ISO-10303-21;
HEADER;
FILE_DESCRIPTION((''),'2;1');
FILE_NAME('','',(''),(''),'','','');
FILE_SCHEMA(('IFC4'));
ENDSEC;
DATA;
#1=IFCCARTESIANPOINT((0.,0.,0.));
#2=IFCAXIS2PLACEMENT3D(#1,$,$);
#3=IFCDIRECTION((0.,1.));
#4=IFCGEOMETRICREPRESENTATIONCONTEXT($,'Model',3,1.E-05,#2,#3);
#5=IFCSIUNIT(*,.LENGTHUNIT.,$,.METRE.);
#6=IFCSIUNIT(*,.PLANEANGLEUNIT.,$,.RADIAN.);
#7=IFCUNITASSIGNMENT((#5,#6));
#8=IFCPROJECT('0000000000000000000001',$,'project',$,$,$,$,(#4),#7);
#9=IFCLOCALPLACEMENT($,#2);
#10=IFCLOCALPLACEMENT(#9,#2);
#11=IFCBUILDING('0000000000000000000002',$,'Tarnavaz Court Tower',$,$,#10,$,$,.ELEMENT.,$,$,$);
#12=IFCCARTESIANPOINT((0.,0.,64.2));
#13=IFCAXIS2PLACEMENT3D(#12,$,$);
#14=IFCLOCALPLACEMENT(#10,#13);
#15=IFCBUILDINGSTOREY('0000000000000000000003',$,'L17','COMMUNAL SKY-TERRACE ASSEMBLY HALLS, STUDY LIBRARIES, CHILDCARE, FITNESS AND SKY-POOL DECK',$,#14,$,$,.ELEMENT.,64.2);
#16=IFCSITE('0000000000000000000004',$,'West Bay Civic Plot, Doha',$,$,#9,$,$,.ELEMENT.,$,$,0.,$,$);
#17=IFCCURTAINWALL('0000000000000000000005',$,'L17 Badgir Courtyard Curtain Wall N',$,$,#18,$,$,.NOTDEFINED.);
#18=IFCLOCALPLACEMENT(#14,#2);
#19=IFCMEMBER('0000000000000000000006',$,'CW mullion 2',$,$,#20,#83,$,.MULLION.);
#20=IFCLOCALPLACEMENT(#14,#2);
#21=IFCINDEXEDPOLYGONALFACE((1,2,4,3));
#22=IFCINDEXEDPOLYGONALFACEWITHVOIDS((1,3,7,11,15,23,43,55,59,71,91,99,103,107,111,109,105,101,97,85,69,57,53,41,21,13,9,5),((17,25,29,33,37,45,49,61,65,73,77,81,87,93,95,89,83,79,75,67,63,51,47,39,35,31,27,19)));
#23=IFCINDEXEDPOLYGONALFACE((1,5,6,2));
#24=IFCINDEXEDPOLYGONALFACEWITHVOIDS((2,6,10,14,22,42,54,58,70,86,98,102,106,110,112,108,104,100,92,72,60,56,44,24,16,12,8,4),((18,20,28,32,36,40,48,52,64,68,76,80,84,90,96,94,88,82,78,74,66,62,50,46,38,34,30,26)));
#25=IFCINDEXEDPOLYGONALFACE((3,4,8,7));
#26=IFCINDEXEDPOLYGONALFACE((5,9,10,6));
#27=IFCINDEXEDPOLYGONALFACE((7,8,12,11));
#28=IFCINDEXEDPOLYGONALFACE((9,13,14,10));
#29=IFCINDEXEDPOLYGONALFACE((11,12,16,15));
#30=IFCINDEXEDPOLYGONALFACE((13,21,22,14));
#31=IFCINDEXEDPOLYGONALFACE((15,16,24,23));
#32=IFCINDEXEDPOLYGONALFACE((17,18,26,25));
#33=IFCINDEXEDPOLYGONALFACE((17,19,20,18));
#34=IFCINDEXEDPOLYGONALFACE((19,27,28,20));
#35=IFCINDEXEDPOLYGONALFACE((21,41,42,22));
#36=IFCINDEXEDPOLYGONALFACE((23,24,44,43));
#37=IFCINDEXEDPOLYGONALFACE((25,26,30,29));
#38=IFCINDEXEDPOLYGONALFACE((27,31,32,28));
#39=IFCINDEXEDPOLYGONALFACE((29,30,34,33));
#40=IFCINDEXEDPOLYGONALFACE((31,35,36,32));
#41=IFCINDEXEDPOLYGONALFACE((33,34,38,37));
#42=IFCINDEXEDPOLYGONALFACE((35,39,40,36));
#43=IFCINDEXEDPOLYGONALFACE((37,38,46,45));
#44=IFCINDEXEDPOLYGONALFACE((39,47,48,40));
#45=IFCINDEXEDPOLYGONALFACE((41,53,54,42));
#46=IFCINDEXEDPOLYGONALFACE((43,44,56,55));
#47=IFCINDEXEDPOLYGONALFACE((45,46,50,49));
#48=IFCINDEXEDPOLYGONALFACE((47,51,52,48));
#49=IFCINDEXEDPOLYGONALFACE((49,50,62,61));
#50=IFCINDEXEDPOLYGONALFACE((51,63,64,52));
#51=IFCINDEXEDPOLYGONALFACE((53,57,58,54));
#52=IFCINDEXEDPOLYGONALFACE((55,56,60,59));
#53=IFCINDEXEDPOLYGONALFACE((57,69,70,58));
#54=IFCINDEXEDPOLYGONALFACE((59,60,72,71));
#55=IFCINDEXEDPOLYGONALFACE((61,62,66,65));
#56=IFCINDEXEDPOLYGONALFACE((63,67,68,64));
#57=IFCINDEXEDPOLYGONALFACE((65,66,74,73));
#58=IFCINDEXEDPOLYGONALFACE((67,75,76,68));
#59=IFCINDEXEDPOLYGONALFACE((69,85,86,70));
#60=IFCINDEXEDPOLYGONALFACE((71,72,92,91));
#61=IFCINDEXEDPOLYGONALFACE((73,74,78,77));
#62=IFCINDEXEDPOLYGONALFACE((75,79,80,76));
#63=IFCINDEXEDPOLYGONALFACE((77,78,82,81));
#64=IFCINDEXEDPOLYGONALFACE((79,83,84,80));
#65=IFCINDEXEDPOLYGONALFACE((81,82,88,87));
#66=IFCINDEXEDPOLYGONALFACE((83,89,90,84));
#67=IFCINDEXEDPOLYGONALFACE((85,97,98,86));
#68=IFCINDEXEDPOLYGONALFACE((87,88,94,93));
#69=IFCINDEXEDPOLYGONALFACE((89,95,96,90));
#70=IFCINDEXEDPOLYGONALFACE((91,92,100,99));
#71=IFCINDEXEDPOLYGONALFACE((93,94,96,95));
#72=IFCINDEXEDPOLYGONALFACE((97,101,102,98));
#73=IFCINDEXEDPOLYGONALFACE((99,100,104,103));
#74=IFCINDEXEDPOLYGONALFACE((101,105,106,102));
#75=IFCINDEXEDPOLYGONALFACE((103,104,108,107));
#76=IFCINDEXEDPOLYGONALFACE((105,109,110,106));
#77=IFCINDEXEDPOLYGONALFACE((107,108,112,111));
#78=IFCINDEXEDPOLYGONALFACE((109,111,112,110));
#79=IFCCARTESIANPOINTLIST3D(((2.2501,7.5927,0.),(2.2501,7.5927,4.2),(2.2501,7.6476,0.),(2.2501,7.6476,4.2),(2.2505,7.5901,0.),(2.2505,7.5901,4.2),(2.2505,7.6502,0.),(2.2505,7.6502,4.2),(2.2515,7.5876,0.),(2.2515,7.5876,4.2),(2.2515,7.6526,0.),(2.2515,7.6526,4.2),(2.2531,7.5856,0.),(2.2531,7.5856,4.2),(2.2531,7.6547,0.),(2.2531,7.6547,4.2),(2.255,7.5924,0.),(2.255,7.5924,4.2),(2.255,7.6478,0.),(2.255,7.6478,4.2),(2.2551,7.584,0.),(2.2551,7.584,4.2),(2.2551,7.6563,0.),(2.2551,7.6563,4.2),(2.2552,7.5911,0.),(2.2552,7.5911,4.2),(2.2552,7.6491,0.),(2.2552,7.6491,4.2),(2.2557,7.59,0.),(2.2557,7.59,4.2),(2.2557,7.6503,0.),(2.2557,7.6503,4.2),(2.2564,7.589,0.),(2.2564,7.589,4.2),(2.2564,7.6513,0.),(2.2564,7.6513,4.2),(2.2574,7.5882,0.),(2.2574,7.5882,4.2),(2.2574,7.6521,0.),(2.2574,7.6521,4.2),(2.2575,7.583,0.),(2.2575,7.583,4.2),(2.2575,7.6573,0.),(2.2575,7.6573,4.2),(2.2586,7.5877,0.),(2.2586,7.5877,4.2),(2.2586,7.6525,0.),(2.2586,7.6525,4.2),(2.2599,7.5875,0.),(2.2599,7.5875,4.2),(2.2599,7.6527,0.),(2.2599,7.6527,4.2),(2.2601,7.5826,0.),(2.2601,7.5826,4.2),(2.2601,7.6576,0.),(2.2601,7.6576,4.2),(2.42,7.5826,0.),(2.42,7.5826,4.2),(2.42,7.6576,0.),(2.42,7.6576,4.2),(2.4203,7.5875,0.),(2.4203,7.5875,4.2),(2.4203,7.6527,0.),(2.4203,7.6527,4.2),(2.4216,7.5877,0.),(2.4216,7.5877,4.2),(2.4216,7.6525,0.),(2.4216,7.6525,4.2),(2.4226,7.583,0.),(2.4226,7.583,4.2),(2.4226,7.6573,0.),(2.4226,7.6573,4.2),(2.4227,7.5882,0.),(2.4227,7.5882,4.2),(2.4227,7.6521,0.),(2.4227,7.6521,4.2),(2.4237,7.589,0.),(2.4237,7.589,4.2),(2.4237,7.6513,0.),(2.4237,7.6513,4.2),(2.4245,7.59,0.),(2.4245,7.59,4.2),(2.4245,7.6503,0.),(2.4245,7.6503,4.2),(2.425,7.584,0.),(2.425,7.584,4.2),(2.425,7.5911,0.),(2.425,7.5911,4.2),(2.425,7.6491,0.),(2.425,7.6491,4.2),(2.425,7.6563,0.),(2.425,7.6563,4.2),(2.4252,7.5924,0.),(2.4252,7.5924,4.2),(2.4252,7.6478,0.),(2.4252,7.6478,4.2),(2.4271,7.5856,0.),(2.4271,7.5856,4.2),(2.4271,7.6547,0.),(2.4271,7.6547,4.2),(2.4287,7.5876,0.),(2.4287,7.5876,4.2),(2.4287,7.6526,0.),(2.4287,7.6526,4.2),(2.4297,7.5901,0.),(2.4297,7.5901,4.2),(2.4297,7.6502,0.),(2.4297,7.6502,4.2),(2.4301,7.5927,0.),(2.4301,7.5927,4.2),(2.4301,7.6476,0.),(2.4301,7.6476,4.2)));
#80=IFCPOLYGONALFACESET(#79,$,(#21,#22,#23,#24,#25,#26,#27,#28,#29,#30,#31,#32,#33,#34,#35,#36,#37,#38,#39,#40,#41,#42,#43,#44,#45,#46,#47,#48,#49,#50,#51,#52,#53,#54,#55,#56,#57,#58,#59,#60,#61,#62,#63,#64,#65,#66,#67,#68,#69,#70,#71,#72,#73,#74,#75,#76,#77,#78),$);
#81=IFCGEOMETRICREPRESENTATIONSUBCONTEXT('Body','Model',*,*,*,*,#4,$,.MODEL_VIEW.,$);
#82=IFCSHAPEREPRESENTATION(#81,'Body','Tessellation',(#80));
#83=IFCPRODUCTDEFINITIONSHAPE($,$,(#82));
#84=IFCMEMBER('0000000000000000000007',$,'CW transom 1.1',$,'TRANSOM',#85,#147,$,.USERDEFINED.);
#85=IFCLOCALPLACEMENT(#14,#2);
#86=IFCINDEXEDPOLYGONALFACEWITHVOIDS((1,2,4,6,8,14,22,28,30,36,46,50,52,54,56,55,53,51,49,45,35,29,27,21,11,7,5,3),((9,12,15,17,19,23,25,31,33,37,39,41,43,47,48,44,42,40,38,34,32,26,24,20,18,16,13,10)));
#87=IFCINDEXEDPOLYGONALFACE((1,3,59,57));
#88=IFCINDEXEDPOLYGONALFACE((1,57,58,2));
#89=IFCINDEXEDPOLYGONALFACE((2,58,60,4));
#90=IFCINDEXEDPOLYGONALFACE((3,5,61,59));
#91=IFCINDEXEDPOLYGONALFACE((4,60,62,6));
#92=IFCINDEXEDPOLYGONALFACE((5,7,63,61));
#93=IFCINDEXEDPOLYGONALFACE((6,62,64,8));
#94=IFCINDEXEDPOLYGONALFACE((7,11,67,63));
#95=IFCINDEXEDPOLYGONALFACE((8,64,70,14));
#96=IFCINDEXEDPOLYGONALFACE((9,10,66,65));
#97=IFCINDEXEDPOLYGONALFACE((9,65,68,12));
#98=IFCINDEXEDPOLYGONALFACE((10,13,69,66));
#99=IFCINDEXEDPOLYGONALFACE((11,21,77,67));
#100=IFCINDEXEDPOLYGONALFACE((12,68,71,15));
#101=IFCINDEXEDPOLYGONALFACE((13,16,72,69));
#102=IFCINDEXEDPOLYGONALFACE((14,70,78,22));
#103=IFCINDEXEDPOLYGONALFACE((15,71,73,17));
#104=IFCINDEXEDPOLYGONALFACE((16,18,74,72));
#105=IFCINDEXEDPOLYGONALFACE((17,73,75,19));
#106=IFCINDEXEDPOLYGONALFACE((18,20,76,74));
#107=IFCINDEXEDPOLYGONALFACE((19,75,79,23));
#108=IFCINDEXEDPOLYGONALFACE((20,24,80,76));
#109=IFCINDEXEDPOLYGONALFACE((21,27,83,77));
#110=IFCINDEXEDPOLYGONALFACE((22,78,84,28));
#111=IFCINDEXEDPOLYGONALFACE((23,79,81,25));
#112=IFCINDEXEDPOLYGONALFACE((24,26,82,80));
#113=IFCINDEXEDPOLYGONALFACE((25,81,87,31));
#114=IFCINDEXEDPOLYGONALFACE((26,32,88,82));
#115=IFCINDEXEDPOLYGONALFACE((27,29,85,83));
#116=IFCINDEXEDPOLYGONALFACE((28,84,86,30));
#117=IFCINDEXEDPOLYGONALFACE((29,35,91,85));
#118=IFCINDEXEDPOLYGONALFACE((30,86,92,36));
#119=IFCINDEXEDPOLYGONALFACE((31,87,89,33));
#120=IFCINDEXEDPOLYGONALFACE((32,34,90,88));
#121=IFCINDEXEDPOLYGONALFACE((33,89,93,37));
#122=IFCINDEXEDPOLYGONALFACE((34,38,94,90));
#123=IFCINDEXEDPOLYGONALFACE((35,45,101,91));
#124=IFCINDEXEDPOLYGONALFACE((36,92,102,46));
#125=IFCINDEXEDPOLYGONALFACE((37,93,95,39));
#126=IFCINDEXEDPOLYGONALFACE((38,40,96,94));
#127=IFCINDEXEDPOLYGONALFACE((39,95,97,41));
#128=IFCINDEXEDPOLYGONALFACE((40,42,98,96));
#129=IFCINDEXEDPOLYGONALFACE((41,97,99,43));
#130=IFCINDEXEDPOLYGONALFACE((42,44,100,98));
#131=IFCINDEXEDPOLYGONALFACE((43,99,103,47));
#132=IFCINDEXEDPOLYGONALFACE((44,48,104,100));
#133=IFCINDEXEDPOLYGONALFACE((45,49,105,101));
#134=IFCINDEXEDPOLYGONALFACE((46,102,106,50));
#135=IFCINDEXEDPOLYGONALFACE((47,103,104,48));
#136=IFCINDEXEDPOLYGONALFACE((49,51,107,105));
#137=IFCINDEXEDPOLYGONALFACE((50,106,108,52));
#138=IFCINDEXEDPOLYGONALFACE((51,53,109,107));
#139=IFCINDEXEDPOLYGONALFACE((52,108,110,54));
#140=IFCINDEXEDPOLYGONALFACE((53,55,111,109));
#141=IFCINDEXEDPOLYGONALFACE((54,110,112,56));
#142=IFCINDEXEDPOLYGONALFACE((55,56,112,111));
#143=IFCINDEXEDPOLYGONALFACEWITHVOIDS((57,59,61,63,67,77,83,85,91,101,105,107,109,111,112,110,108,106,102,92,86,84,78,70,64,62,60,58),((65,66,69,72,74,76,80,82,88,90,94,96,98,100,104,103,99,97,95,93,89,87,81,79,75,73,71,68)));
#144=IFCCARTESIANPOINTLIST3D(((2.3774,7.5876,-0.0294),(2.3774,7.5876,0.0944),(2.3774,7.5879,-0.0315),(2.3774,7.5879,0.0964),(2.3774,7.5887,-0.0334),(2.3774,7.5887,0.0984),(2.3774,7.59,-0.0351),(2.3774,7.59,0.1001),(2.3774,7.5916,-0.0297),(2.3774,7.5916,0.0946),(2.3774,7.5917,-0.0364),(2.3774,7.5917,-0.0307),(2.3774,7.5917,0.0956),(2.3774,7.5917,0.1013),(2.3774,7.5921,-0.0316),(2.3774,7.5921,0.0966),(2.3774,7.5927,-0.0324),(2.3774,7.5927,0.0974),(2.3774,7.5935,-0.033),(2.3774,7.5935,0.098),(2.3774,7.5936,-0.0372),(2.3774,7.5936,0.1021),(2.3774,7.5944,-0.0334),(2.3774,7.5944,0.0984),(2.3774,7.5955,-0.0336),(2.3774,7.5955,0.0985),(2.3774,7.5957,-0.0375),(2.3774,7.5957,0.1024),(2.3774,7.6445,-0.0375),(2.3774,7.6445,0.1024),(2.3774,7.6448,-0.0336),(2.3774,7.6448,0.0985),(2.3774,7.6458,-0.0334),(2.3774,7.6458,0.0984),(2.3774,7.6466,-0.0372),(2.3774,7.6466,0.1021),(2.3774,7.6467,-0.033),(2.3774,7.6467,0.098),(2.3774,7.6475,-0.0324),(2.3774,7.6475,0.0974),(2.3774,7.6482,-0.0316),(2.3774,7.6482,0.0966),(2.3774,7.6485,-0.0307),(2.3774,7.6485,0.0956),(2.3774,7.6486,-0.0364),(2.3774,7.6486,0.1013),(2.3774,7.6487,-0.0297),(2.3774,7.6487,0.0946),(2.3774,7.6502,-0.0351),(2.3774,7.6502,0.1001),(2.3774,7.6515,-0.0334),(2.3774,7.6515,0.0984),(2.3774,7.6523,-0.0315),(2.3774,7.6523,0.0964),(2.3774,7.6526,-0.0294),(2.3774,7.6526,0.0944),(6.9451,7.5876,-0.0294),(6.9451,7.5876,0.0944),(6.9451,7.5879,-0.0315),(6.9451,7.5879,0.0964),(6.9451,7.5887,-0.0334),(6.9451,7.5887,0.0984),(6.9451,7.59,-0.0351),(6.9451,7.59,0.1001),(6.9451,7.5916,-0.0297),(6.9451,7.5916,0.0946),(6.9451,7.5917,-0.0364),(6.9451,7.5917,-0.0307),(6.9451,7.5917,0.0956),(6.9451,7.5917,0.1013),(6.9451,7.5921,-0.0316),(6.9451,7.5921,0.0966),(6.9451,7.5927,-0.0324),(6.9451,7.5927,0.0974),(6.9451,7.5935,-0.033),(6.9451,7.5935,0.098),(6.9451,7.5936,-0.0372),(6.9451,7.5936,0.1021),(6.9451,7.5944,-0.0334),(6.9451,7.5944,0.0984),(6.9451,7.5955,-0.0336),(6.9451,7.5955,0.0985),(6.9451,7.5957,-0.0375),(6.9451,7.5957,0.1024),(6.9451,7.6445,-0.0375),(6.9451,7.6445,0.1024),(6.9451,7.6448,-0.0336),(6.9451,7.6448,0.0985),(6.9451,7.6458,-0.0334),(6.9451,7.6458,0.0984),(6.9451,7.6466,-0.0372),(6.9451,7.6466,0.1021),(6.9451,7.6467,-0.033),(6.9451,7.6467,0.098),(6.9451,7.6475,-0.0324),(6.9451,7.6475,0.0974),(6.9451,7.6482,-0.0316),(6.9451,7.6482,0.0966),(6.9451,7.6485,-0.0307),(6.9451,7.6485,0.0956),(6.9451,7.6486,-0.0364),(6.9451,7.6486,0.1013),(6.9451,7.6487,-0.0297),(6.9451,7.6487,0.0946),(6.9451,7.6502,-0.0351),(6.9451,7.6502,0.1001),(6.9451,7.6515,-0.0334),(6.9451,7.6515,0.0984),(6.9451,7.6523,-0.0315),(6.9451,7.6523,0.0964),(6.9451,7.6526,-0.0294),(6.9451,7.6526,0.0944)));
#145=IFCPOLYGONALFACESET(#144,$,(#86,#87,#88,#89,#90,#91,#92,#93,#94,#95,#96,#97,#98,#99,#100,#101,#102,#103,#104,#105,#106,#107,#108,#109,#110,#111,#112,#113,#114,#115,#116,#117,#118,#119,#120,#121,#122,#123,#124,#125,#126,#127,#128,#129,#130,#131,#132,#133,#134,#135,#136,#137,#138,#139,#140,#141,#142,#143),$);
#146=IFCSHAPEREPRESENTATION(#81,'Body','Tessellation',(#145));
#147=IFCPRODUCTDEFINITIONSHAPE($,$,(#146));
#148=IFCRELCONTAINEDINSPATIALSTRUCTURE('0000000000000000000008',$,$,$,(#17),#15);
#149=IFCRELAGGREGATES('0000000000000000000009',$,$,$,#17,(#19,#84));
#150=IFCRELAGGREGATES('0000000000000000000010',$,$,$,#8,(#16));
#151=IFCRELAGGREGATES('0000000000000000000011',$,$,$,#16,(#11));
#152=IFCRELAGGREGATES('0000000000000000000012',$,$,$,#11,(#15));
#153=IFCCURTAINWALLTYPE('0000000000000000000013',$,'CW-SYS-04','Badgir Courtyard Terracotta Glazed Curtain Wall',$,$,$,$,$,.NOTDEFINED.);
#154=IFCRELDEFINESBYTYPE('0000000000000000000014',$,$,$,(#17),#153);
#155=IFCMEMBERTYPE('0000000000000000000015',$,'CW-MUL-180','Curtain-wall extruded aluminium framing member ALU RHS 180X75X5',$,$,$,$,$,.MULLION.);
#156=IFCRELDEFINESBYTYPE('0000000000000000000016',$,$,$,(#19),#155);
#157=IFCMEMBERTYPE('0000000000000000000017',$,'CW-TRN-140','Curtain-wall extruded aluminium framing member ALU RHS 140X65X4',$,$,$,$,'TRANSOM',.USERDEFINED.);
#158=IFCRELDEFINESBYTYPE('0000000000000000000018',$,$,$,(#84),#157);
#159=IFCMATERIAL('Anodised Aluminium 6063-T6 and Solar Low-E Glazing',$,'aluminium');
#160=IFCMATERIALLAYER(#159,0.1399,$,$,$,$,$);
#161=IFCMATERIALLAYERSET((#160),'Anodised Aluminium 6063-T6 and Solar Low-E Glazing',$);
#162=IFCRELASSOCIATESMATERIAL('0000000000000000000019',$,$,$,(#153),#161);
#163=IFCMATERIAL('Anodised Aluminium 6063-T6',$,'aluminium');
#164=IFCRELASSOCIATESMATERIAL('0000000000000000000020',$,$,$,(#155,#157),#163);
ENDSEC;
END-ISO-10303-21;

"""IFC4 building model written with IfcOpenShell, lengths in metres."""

from ifc_helpers import new_model, si_unit, direction, frame, origin, origin_2d, place, context, subcontext, project, spatial, hollow_rectangle, extrude, material, layer, layer_set, material_profile, profile_set, type_object, element, aggregate, save


model = new_model("IFC4")

# Units and contexts
model_context = context("Model", 3, precision=1e-05, world=origin(), true_north=direction((0.0, 1.0)))
body_context = subcontext(model_context, "Body", "Model", "MODEL_VIEW")
ifc_project = project(units=[si_unit("LENGTHUNIT", "METRE"), si_unit("PLANEANGLEUNIT", "RADIAN")], contexts=[model_context])

# Site, building, storey
site_placement = place(None, origin())
site = spatial("IfcSite", under=ifc_project, at=site_placement, Name="West Bay Civic Plot, Doha", CompositionType="ELEMENT", RefElevation=0.0)
building_placement = place(site_placement, origin())
building = spatial("IfcBuilding", under=site, at=building_placement, Name="Tarnavaz Court Tower", CompositionType="ELEMENT")
storey_placement = place(building_placement, frame((0.0, 0.0, 64.2)))
storey = spatial("IfcBuildingStorey", under=building, at=storey_placement, Name="L17", Description="COMMUNAL SKY-TERRACE ASSEMBLY HALLS, STUDY LIBRARIES, CHILDCARE, FITNESS AND SKY-POOL DECK", CompositionType="ELEMENT", Elevation=64.2)

# Curtain wall, members
ifc_material_1 = material(Name="Anodised Aluminium 6063-T6 and Solar Low-E Glazing", Category="aluminium")
ifc_layer_1 = layer(ifc_material_1, 0.1399)
ifc_layer_set_1 = layer_set([ifc_layer_1], Name="Anodised Aluminium 6063-T6 and Solar Low-E Glazing")
curtain_wall_type = type_object("IfcCurtainWallType", Name="CW-SYS-04", Description="Badgir Courtyard Terracotta Glazed Curtain Wall", PredefinedType="NOTDEFINED", material=ifc_layer_set_1)
curtain_wall_placement = place(storey_placement, origin())
curtain_wall = element("IfcCurtainWall", 1, at=curtain_wall_placement, inside=storey, type_object=curtain_wall_type, Name="L17 Badgir Courtyard Curtain Wall N", PredefinedType="NOTDEFINED")
ifc_material_2 = material(Name="Anodised Aluminium 6063-T6", Category="aluminium")
ifc_material_profile_1 = material_profile(ifc_material_2, hollow_rectangle(XDim=0.075, YDim=0.1799, WallThickness=0.0049, InnerFilletRadius=0.0049, OuterFilletRadius=0.01, at=origin_2d()), Name="ALU RHS 180X75X5")
ifc_profile_set_1 = profile_set([ifc_material_profile_1], Name="Anodised Aluminium 6063-T6")
member_type_1 = type_object("IfcMemberType", Name="CW-MUL-180", Description="Curtain-wall extruded aluminium framing member ALU RHS 180X75X5", PredefinedType="MULLION", material=ifc_profile_set_1)
member_1_placement = place(storey_placement, frame((2.3401, 7.6201, 0.0), z_axis=(0.0, 0.0, 1.0), x_axis=(0.0, -1.0, 0.0)))
member_1 = element("IfcMember", 2, at=member_1_placement, type_object=member_type_1, Name="CW mullion 2", PredefinedType="MULLION", context=body_context, shape_type="SweptSolid", body=[
    extrude(hollow_rectangle(XDim=0.075, YDim=0.1799, WallThickness=0.0049, InnerFilletRadius=0.0049, OuterFilletRadius=0.01, at=origin_2d()), origin(), (0.0, 0.0, 1.0), 4.2),
])
ifc_material_profile_2 = material_profile(ifc_material_2, hollow_rectangle(XDim=0.0649, YDim=0.1399, WallThickness=0.0039, InnerFilletRadius=0.0039, OuterFilletRadius=0.0081, at=origin_2d()), Name="ALU RHS 140X65X4")
ifc_profile_set_2 = profile_set([ifc_material_profile_2], Name="Anodised Aluminium 6063-T6")
member_type_2 = type_object("IfcMemberType", Name="CW-TRN-140", Description="Curtain-wall extruded aluminium framing member ALU RHS 140X65X4", ElementType="TRANSOM", PredefinedType="USERDEFINED", material=ifc_profile_set_2)
member_2_placement = place(storey_placement, frame((6.9451, 7.6201, 0.0325), z_axis=(-1.0, 0.0, 0.0), x_axis=(0.0, -1.0, 0.0)))
member_2 = element("IfcMember", 3, at=member_2_placement, type_object=member_type_2, Name="CW transom 1.1", ObjectType="TRANSOM", PredefinedType="USERDEFINED", context=body_context, shape_type="SweptSolid", body=[
    extrude(hollow_rectangle(XDim=0.0649, YDim=0.1399, WallThickness=0.0039, InnerFilletRadius=0.0039, OuterFilletRadius=0.0081, at=origin_2d()), origin(), (0.0, 0.0, 1.0), 4.5676),
])
aggregate(curtain_wall, [member_1, member_2])

save(model, "model.ifc")
